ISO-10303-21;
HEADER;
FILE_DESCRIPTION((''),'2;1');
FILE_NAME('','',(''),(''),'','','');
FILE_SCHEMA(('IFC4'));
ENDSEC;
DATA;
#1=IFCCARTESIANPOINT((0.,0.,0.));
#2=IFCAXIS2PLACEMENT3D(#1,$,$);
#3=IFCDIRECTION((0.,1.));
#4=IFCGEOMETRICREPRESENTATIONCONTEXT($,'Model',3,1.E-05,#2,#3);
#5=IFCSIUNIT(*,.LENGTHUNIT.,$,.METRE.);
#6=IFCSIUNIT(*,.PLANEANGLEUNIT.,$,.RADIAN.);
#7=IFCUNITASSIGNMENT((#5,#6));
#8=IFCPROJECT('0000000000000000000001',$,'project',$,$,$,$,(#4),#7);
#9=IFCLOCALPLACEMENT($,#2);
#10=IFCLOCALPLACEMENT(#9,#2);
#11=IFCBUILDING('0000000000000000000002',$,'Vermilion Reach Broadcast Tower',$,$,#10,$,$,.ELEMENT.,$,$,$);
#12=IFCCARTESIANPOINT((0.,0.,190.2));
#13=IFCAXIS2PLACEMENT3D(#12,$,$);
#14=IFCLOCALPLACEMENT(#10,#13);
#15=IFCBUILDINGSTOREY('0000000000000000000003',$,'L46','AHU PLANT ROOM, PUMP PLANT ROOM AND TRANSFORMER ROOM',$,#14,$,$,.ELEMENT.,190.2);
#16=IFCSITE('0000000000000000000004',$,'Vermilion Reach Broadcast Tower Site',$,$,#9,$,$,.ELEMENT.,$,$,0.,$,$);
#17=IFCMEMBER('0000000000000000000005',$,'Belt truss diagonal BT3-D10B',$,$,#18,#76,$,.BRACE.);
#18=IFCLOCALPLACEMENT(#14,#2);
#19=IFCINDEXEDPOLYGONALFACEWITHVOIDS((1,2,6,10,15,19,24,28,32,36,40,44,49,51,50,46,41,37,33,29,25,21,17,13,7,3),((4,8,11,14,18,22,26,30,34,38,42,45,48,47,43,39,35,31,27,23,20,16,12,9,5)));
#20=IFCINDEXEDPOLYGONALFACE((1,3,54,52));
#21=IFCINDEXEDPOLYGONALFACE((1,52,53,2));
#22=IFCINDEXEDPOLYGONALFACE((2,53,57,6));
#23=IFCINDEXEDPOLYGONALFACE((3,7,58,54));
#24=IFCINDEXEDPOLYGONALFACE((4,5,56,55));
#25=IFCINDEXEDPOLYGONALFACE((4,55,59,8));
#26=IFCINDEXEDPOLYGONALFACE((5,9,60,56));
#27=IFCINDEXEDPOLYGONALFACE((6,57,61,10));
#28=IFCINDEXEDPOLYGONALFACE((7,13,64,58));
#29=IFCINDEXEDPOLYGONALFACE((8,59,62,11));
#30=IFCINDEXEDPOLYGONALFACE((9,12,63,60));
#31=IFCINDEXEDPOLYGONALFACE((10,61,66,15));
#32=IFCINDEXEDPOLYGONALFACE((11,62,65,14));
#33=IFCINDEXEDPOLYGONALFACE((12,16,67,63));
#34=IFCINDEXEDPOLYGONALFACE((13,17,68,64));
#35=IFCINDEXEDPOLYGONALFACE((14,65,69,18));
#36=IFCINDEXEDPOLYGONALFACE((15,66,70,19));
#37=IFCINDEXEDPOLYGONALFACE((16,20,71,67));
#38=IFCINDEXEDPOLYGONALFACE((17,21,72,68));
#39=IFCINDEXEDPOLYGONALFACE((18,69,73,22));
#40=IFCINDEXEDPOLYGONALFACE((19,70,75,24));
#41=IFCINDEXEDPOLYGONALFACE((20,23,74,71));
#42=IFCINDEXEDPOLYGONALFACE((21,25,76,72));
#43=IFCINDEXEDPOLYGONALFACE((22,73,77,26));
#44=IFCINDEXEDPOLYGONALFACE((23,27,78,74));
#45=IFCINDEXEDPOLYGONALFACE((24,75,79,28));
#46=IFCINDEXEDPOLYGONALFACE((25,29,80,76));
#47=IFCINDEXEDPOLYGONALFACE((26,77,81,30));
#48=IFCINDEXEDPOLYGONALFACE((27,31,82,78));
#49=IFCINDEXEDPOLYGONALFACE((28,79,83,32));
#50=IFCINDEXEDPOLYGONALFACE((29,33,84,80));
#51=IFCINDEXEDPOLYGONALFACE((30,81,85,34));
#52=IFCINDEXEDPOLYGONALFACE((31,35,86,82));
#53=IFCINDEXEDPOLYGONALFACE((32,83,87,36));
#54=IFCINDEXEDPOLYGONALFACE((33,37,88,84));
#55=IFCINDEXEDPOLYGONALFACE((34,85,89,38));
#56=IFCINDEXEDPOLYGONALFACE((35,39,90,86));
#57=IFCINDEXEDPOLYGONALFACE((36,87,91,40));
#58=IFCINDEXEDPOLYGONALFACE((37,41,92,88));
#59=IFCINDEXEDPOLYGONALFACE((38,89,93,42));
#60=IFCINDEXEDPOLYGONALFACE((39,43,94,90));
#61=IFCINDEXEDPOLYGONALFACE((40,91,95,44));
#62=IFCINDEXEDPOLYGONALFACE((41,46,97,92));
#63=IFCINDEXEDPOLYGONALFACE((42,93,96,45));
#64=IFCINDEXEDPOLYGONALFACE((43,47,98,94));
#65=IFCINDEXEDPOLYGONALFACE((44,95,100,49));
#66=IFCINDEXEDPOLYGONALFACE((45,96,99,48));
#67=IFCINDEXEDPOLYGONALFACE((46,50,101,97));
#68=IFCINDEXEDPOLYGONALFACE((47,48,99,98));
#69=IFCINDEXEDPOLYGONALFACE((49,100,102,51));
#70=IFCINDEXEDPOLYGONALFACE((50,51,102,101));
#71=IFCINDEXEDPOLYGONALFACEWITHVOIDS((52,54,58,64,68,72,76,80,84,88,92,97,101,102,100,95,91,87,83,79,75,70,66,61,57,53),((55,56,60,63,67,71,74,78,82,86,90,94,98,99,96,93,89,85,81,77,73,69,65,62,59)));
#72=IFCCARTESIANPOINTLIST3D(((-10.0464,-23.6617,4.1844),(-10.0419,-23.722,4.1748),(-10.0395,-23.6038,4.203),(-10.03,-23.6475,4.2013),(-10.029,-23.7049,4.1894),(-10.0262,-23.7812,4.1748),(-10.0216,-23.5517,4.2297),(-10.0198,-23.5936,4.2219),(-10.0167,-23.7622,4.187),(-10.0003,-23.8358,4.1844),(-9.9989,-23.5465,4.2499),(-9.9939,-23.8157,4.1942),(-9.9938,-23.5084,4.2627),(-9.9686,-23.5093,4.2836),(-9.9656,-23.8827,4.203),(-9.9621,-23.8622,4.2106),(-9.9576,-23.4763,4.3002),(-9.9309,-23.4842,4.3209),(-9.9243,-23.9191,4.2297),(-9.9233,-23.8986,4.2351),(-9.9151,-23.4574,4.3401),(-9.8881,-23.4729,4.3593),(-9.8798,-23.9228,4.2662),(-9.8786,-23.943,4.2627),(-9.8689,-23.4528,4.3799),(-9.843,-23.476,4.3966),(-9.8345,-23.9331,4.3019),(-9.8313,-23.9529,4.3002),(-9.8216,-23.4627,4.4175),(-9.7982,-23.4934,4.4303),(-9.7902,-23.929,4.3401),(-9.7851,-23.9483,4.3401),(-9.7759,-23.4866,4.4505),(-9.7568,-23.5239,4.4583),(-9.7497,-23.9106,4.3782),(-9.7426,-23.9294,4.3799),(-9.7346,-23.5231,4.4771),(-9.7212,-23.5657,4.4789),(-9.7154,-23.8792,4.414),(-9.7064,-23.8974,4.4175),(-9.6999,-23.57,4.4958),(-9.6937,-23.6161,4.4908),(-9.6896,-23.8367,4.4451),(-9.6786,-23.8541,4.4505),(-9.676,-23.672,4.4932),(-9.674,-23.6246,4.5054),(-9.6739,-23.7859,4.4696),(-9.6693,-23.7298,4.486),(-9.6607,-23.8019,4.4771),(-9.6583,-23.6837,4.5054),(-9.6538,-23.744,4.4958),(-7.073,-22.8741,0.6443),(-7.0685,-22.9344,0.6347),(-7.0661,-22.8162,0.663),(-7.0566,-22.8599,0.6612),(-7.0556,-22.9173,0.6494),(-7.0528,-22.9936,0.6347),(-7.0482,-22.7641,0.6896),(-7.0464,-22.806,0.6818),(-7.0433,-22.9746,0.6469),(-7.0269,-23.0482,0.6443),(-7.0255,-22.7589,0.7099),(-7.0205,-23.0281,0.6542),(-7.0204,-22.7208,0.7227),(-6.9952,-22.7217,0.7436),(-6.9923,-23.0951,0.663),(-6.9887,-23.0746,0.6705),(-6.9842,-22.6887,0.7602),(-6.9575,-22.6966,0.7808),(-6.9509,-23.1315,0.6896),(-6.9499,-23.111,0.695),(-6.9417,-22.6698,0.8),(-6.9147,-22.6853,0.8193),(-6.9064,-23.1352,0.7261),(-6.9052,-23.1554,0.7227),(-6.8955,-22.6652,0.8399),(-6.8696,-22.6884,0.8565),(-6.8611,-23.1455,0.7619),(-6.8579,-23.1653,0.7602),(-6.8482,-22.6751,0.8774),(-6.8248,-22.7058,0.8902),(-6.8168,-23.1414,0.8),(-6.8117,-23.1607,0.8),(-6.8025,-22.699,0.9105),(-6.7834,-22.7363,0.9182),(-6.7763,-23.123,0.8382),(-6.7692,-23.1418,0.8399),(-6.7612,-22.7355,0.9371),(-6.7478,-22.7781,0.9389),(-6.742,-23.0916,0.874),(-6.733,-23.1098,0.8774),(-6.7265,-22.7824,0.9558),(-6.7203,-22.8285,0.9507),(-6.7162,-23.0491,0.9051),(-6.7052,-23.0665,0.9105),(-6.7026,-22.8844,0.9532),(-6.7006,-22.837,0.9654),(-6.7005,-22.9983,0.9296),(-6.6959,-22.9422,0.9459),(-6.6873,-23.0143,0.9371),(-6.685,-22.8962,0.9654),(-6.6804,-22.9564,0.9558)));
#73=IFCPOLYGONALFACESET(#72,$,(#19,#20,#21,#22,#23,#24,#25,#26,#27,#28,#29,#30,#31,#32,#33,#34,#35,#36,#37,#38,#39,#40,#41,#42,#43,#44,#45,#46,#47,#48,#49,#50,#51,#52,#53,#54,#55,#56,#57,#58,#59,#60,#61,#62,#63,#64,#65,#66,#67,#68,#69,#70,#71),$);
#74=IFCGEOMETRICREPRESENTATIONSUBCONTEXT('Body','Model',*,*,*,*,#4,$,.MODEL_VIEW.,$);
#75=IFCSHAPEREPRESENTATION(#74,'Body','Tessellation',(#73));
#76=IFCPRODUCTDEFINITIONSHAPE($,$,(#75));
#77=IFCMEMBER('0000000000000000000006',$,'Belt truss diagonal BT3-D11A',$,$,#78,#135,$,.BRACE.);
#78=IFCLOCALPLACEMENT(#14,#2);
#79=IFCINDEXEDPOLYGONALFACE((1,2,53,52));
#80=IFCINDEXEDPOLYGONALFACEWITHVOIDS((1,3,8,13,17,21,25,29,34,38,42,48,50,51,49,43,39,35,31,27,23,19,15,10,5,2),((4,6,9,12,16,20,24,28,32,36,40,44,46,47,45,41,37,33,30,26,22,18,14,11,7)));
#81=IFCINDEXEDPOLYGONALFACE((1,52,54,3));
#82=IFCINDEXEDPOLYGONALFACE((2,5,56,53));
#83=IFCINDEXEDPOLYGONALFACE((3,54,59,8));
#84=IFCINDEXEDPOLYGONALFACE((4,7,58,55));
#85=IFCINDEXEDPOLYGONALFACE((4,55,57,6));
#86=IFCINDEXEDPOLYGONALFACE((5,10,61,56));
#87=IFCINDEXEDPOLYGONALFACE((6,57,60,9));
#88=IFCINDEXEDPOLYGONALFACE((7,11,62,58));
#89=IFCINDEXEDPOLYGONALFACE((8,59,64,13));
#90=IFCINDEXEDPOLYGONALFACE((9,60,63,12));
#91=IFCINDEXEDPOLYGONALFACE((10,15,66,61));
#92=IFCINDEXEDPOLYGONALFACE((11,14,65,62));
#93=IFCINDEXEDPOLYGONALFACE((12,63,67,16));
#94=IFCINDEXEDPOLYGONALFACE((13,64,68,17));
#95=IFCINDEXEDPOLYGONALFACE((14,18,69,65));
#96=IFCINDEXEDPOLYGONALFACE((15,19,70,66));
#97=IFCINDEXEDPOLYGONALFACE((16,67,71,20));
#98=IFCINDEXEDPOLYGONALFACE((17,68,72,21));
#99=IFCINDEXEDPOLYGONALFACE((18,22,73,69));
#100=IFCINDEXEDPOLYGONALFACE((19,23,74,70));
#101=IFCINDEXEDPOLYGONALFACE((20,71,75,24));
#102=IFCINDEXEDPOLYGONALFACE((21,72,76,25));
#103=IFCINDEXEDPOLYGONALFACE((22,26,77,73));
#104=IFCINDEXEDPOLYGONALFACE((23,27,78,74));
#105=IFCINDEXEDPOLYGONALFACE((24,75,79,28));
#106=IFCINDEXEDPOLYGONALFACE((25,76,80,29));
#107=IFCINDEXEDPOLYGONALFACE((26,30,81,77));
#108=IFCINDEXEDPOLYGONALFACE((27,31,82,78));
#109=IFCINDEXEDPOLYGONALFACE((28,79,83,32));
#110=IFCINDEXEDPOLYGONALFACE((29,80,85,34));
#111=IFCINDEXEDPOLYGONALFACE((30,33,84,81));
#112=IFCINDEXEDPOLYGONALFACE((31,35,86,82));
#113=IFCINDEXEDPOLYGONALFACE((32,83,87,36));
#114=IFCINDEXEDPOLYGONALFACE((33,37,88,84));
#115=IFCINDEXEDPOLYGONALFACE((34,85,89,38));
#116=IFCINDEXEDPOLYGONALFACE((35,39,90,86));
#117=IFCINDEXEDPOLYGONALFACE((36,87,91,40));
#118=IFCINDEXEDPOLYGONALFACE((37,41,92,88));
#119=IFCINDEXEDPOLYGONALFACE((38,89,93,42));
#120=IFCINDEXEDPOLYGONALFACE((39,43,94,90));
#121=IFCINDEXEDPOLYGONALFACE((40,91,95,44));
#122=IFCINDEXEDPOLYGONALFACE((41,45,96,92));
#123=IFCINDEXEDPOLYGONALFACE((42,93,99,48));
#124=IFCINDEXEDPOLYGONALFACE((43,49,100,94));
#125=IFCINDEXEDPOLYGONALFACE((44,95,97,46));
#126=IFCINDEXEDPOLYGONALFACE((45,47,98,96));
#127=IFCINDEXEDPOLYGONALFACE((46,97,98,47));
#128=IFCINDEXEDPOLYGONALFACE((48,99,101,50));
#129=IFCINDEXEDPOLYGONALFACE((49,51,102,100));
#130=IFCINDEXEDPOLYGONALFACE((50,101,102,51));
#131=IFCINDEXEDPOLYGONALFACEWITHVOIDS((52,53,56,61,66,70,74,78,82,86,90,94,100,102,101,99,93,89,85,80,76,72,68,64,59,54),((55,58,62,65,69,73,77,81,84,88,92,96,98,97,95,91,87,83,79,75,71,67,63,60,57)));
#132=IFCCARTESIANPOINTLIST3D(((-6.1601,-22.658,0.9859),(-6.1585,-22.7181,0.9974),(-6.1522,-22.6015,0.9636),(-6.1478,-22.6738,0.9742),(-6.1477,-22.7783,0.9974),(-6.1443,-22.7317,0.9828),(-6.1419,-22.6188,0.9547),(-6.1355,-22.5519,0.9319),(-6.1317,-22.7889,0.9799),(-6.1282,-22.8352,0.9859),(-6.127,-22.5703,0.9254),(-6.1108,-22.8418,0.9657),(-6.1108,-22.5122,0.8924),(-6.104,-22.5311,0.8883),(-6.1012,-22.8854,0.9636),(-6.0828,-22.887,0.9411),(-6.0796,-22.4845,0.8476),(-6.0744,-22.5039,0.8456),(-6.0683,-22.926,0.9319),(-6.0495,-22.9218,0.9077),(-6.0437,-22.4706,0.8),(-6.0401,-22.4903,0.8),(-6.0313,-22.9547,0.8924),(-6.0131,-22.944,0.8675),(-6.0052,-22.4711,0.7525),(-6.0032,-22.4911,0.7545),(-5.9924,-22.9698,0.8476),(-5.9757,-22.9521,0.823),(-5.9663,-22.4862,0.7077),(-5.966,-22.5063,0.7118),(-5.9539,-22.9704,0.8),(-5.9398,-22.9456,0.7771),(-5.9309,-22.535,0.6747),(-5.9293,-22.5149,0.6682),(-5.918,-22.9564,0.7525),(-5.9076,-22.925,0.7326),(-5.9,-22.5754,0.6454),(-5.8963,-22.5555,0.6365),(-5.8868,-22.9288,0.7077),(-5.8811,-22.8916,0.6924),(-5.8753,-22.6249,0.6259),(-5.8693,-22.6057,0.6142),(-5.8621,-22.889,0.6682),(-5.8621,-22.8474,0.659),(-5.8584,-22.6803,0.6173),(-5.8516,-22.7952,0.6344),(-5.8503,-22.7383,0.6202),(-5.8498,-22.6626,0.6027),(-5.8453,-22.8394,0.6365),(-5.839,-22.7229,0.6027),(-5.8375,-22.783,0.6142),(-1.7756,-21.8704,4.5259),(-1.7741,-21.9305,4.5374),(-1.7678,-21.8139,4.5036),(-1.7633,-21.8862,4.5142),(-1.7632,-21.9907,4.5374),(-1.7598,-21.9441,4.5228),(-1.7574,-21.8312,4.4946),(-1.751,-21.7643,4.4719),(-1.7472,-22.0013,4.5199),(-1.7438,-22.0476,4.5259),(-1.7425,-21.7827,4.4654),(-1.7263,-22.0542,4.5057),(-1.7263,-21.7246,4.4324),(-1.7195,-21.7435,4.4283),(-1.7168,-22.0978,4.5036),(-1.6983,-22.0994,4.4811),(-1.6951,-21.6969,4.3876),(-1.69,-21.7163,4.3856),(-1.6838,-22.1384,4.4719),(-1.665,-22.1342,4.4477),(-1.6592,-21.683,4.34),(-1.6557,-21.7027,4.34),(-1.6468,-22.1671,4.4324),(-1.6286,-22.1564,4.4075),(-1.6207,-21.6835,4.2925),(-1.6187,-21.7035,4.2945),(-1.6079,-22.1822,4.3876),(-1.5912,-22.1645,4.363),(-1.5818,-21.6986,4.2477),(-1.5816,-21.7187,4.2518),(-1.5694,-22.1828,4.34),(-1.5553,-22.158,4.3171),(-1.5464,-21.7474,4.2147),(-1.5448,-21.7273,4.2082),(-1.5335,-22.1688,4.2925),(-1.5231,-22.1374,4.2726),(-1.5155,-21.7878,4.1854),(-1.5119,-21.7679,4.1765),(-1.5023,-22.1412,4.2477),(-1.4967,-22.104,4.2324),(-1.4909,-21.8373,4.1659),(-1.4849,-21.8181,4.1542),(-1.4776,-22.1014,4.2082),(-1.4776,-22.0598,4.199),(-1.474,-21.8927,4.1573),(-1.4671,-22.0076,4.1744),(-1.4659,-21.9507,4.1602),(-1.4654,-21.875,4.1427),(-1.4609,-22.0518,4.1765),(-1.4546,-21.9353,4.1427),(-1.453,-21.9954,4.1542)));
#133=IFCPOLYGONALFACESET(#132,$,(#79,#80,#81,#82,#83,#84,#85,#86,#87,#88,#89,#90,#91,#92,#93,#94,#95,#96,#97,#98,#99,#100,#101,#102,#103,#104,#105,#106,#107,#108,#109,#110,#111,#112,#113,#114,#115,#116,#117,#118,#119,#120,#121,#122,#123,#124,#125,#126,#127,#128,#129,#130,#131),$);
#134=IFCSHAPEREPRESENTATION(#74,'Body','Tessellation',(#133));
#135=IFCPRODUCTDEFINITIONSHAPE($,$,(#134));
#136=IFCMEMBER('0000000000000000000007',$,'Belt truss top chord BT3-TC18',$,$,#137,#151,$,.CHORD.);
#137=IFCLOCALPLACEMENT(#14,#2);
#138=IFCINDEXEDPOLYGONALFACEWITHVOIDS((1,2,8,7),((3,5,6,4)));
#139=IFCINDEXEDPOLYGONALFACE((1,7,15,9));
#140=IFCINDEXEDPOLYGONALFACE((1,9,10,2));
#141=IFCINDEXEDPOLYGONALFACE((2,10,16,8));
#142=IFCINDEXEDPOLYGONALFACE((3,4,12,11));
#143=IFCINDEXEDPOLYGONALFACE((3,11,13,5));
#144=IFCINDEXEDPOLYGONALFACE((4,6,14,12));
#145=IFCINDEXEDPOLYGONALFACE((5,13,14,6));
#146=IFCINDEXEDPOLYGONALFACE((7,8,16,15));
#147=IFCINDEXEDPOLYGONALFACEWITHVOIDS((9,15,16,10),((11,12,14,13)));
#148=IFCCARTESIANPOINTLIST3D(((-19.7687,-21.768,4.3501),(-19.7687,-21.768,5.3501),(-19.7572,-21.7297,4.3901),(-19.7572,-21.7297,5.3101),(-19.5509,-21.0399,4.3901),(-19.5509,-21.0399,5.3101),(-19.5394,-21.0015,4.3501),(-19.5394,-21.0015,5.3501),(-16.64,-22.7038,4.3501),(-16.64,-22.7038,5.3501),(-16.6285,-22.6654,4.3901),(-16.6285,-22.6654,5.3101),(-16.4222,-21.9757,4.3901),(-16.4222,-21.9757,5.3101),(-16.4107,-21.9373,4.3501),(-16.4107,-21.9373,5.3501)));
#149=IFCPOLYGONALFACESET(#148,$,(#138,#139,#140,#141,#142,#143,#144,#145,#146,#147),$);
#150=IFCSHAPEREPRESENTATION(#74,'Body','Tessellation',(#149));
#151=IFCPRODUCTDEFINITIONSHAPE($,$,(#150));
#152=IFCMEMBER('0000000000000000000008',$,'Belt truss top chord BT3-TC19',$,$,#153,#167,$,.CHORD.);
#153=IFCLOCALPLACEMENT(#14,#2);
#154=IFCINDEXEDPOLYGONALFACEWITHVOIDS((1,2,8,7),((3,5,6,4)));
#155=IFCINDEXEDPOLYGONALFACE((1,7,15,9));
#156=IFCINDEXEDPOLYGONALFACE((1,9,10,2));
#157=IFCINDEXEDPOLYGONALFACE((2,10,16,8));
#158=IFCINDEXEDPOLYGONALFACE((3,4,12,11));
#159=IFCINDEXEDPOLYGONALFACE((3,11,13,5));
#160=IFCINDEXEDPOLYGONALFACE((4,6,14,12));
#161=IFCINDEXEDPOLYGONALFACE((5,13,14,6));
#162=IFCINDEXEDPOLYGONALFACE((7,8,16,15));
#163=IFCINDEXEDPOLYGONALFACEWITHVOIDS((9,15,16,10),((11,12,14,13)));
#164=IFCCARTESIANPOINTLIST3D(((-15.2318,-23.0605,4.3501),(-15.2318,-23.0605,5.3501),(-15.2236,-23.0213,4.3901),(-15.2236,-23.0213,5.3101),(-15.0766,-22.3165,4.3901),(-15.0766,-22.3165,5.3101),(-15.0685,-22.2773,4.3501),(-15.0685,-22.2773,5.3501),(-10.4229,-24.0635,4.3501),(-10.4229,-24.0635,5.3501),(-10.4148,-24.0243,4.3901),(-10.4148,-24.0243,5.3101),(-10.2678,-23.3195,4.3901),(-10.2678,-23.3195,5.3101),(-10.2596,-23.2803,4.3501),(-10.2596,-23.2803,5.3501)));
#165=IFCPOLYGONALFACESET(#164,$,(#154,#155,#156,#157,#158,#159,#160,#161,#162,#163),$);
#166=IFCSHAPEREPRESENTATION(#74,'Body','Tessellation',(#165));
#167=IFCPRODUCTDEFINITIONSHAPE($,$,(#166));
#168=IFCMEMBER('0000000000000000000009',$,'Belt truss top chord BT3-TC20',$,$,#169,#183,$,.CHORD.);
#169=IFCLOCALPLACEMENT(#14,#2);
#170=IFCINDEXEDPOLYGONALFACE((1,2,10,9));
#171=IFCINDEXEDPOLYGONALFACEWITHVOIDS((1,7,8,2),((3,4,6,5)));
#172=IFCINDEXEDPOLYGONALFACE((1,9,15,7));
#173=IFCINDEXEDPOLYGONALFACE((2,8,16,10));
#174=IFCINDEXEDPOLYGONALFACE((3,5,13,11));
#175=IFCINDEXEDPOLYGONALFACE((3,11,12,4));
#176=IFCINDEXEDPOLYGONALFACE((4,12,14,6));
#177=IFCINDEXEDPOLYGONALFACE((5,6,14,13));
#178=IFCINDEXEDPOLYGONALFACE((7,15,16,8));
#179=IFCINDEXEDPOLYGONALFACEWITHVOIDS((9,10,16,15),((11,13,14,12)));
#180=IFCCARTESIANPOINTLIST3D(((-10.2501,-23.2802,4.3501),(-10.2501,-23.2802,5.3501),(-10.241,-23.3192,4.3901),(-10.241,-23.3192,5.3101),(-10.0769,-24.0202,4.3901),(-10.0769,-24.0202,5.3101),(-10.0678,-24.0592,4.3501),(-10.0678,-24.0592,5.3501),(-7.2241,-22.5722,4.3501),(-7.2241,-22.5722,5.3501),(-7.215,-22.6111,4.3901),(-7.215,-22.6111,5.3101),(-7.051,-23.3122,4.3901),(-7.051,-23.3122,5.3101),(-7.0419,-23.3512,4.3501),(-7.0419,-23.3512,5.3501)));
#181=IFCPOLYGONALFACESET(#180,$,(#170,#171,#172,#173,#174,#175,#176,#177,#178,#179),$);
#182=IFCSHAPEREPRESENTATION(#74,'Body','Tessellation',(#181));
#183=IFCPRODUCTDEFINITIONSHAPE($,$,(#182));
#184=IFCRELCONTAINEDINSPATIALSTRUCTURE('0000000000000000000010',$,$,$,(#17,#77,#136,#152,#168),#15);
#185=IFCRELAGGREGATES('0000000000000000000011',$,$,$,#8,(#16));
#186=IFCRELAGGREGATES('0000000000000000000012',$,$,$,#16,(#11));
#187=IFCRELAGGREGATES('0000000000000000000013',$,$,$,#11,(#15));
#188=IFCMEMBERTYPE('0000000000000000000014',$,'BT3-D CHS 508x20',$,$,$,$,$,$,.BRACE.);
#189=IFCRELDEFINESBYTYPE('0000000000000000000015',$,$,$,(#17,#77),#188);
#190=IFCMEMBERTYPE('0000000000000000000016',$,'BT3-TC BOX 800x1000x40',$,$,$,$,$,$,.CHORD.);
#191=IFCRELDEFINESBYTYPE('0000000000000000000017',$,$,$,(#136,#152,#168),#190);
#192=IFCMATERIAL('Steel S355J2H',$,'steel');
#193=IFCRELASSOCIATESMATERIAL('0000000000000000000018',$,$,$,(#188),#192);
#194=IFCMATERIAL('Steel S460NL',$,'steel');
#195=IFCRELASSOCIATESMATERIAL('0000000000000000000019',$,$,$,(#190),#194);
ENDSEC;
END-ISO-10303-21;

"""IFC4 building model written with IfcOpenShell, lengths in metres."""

from ifc_helpers import new_model, si_unit, direction, frame, origin, origin_2d, place, context, subcontext, project, spatial, hollow_rectangle, hollow_circle, extrude, material, material_profile, profile_set, type_object, element, save


model = new_model("IFC4")

# Units and contexts
model_context = context("Model", 3, precision=1e-05, world=origin(), true_north=direction((0.0, 1.0)))
body_context = subcontext(model_context, "Body", "Model", "MODEL_VIEW")
ifc_project = project(units=[si_unit("LENGTHUNIT", "METRE"), si_unit("PLANEANGLEUNIT", "RADIAN")], contexts=[model_context])

# Site, building, storey
site_placement = place(None, origin())
site = spatial("IfcSite", under=ifc_project, at=site_placement, Name="Vermilion Reach Broadcast Tower Site", CompositionType="ELEMENT", RefElevation=0.0)
building_placement = place(site_placement, origin())
building = spatial("IfcBuilding", under=site, at=building_placement, Name="Vermilion Reach Broadcast Tower", CompositionType="ELEMENT")
storey_placement = place(building_placement, frame((0.0, 0.0, 190.2)))
storey = spatial("IfcBuildingStorey", under=building, at=storey_placement, Name="L46", Description="AHU PLANT ROOM, PUMP PLANT ROOM AND TRANSFORMER ROOM", CompositionType="ELEMENT", Elevation=190.2)

# Members
ifc_material_1 = material(Name="Steel S355J2H", Category="steel")
ifc_material_profile_1 = material_profile(ifc_material_1, hollow_circle(Radius=0.2539, WallThickness=0.02, at=origin_2d()), Name="S355J2H CHS 508x20")
ifc_profile_set_1 = profile_set([ifc_material_profile_1], Name="Steel S355J2H")
member_type_1 = type_object("IfcMemberType", Name="BT3-D CHS 508x20", PredefinedType="BRACE", material=ifc_profile_set_1)
member_1_placement = place(storey_placement, frame((-6.8767, -22.9153, 0.8), z_axis=(-0.634026, -0.167942, 0.754855), x_axis=(0.256052, -0.966663, 0.0)))
element("IfcMember", 1, at=member_1_placement, inside=storey, type_object=member_type_1, Name="Belt truss diagonal BT3-D10B", PredefinedType="BRACE", context=body_context, shape_type="SweptSolid", body=[
    extrude(hollow_circle(Radius=0.2539, WallThickness=0.02, at=origin_2d()), origin(), (0.0, 0.0, 1.0), 4.6897),
])
member_2_placement = place(storey_placement, frame((-5.9988, -22.7205, 0.8), z_axis=(0.770565, 0.138418, 0.62215), x_axis=(-0.176802, 0.984247, 0.0)))
element("IfcMember", 2, at=member_2_placement, inside=storey, type_object=member_type_1, Name="Belt truss diagonal BT3-D11A", PredefinedType="BRACE", context=body_context, shape_type="SweptSolid", body=[
    extrude(hollow_circle(Radius=0.2539, WallThickness=0.02, at=origin_2d()), origin(), (0.0, 0.0, 1.0), 5.6899),
])
ifc_material_2 = material(Name="Steel S460NL", Category="steel")
ifc_material_profile_2 = material_profile(ifc_material_2, hollow_rectangle(XDim=0.8, YDim=1.0, WallThickness=0.04, at=origin_2d()), Name="S460NL BOX 800x1000x40")
ifc_profile_set_2 = profile_set([ifc_material_profile_2], Name="Steel S460NL")
member_type_2 = type_object("IfcMemberType", Name="BT3-TC BOX 800x1000x40", PredefinedType="CHORD", material=ifc_profile_set_2)
member_3_placement = place(storey_placement, frame((-19.6541, -21.3848, 4.8501), z_axis=(0.958063, -0.286559, 0.0), x_axis=(0.286559, 0.958063, 0.0)))
element("IfcMember", 3, at=member_3_placement, inside=storey, type_object=member_type_2, Name="Belt truss top chord BT3-TC18", PredefinedType="CHORD", context=body_context, shape_type="SweptSolid", body=[
    extrude(hollow_rectangle(XDim=0.8, YDim=1.0, WallThickness=0.04, at=origin_2d()), origin(), (0.0, 0.0, 1.0), 3.2656),
])
member_4_placement = place(storey_placement, frame((-15.1501, -22.6689, 4.8501), z_axis=(0.978936, -0.204167, 0.0), x_axis=(0.204167, 0.978936, 0.0)))
element("IfcMember", 4, at=member_4_placement, inside=storey, type_object=member_type_2, Name="Belt truss top chord BT3-TC19", PredefinedType="CHORD", context=body_context, shape_type="SweptSolid", body=[
    extrude(hollow_rectangle(XDim=0.8, YDim=1.0, WallThickness=0.04, at=origin_2d()), origin(), (0.0, 0.0, 1.0), 4.9124),
])
member_5_placement = place(storey_placement, frame((-10.1589, -23.6697, 4.8501), z_axis=(0.973701, 0.227831, 0.0), x_axis=(-0.227831, 0.973701, 0.0)))
element("IfcMember", 5, at=member_5_placement, inside=storey, type_object=member_type_2, Name="Belt truss top chord BT3-TC20", PredefinedType="CHORD", context=body_context, shape_type="SweptSolid", body=[
    extrude(hollow_rectangle(XDim=0.8, YDim=1.0, WallThickness=0.04, at=origin_2d()), origin(), (0.0, 0.0, 1.0), 3.1077),
])

save(model, "model.ifc")
